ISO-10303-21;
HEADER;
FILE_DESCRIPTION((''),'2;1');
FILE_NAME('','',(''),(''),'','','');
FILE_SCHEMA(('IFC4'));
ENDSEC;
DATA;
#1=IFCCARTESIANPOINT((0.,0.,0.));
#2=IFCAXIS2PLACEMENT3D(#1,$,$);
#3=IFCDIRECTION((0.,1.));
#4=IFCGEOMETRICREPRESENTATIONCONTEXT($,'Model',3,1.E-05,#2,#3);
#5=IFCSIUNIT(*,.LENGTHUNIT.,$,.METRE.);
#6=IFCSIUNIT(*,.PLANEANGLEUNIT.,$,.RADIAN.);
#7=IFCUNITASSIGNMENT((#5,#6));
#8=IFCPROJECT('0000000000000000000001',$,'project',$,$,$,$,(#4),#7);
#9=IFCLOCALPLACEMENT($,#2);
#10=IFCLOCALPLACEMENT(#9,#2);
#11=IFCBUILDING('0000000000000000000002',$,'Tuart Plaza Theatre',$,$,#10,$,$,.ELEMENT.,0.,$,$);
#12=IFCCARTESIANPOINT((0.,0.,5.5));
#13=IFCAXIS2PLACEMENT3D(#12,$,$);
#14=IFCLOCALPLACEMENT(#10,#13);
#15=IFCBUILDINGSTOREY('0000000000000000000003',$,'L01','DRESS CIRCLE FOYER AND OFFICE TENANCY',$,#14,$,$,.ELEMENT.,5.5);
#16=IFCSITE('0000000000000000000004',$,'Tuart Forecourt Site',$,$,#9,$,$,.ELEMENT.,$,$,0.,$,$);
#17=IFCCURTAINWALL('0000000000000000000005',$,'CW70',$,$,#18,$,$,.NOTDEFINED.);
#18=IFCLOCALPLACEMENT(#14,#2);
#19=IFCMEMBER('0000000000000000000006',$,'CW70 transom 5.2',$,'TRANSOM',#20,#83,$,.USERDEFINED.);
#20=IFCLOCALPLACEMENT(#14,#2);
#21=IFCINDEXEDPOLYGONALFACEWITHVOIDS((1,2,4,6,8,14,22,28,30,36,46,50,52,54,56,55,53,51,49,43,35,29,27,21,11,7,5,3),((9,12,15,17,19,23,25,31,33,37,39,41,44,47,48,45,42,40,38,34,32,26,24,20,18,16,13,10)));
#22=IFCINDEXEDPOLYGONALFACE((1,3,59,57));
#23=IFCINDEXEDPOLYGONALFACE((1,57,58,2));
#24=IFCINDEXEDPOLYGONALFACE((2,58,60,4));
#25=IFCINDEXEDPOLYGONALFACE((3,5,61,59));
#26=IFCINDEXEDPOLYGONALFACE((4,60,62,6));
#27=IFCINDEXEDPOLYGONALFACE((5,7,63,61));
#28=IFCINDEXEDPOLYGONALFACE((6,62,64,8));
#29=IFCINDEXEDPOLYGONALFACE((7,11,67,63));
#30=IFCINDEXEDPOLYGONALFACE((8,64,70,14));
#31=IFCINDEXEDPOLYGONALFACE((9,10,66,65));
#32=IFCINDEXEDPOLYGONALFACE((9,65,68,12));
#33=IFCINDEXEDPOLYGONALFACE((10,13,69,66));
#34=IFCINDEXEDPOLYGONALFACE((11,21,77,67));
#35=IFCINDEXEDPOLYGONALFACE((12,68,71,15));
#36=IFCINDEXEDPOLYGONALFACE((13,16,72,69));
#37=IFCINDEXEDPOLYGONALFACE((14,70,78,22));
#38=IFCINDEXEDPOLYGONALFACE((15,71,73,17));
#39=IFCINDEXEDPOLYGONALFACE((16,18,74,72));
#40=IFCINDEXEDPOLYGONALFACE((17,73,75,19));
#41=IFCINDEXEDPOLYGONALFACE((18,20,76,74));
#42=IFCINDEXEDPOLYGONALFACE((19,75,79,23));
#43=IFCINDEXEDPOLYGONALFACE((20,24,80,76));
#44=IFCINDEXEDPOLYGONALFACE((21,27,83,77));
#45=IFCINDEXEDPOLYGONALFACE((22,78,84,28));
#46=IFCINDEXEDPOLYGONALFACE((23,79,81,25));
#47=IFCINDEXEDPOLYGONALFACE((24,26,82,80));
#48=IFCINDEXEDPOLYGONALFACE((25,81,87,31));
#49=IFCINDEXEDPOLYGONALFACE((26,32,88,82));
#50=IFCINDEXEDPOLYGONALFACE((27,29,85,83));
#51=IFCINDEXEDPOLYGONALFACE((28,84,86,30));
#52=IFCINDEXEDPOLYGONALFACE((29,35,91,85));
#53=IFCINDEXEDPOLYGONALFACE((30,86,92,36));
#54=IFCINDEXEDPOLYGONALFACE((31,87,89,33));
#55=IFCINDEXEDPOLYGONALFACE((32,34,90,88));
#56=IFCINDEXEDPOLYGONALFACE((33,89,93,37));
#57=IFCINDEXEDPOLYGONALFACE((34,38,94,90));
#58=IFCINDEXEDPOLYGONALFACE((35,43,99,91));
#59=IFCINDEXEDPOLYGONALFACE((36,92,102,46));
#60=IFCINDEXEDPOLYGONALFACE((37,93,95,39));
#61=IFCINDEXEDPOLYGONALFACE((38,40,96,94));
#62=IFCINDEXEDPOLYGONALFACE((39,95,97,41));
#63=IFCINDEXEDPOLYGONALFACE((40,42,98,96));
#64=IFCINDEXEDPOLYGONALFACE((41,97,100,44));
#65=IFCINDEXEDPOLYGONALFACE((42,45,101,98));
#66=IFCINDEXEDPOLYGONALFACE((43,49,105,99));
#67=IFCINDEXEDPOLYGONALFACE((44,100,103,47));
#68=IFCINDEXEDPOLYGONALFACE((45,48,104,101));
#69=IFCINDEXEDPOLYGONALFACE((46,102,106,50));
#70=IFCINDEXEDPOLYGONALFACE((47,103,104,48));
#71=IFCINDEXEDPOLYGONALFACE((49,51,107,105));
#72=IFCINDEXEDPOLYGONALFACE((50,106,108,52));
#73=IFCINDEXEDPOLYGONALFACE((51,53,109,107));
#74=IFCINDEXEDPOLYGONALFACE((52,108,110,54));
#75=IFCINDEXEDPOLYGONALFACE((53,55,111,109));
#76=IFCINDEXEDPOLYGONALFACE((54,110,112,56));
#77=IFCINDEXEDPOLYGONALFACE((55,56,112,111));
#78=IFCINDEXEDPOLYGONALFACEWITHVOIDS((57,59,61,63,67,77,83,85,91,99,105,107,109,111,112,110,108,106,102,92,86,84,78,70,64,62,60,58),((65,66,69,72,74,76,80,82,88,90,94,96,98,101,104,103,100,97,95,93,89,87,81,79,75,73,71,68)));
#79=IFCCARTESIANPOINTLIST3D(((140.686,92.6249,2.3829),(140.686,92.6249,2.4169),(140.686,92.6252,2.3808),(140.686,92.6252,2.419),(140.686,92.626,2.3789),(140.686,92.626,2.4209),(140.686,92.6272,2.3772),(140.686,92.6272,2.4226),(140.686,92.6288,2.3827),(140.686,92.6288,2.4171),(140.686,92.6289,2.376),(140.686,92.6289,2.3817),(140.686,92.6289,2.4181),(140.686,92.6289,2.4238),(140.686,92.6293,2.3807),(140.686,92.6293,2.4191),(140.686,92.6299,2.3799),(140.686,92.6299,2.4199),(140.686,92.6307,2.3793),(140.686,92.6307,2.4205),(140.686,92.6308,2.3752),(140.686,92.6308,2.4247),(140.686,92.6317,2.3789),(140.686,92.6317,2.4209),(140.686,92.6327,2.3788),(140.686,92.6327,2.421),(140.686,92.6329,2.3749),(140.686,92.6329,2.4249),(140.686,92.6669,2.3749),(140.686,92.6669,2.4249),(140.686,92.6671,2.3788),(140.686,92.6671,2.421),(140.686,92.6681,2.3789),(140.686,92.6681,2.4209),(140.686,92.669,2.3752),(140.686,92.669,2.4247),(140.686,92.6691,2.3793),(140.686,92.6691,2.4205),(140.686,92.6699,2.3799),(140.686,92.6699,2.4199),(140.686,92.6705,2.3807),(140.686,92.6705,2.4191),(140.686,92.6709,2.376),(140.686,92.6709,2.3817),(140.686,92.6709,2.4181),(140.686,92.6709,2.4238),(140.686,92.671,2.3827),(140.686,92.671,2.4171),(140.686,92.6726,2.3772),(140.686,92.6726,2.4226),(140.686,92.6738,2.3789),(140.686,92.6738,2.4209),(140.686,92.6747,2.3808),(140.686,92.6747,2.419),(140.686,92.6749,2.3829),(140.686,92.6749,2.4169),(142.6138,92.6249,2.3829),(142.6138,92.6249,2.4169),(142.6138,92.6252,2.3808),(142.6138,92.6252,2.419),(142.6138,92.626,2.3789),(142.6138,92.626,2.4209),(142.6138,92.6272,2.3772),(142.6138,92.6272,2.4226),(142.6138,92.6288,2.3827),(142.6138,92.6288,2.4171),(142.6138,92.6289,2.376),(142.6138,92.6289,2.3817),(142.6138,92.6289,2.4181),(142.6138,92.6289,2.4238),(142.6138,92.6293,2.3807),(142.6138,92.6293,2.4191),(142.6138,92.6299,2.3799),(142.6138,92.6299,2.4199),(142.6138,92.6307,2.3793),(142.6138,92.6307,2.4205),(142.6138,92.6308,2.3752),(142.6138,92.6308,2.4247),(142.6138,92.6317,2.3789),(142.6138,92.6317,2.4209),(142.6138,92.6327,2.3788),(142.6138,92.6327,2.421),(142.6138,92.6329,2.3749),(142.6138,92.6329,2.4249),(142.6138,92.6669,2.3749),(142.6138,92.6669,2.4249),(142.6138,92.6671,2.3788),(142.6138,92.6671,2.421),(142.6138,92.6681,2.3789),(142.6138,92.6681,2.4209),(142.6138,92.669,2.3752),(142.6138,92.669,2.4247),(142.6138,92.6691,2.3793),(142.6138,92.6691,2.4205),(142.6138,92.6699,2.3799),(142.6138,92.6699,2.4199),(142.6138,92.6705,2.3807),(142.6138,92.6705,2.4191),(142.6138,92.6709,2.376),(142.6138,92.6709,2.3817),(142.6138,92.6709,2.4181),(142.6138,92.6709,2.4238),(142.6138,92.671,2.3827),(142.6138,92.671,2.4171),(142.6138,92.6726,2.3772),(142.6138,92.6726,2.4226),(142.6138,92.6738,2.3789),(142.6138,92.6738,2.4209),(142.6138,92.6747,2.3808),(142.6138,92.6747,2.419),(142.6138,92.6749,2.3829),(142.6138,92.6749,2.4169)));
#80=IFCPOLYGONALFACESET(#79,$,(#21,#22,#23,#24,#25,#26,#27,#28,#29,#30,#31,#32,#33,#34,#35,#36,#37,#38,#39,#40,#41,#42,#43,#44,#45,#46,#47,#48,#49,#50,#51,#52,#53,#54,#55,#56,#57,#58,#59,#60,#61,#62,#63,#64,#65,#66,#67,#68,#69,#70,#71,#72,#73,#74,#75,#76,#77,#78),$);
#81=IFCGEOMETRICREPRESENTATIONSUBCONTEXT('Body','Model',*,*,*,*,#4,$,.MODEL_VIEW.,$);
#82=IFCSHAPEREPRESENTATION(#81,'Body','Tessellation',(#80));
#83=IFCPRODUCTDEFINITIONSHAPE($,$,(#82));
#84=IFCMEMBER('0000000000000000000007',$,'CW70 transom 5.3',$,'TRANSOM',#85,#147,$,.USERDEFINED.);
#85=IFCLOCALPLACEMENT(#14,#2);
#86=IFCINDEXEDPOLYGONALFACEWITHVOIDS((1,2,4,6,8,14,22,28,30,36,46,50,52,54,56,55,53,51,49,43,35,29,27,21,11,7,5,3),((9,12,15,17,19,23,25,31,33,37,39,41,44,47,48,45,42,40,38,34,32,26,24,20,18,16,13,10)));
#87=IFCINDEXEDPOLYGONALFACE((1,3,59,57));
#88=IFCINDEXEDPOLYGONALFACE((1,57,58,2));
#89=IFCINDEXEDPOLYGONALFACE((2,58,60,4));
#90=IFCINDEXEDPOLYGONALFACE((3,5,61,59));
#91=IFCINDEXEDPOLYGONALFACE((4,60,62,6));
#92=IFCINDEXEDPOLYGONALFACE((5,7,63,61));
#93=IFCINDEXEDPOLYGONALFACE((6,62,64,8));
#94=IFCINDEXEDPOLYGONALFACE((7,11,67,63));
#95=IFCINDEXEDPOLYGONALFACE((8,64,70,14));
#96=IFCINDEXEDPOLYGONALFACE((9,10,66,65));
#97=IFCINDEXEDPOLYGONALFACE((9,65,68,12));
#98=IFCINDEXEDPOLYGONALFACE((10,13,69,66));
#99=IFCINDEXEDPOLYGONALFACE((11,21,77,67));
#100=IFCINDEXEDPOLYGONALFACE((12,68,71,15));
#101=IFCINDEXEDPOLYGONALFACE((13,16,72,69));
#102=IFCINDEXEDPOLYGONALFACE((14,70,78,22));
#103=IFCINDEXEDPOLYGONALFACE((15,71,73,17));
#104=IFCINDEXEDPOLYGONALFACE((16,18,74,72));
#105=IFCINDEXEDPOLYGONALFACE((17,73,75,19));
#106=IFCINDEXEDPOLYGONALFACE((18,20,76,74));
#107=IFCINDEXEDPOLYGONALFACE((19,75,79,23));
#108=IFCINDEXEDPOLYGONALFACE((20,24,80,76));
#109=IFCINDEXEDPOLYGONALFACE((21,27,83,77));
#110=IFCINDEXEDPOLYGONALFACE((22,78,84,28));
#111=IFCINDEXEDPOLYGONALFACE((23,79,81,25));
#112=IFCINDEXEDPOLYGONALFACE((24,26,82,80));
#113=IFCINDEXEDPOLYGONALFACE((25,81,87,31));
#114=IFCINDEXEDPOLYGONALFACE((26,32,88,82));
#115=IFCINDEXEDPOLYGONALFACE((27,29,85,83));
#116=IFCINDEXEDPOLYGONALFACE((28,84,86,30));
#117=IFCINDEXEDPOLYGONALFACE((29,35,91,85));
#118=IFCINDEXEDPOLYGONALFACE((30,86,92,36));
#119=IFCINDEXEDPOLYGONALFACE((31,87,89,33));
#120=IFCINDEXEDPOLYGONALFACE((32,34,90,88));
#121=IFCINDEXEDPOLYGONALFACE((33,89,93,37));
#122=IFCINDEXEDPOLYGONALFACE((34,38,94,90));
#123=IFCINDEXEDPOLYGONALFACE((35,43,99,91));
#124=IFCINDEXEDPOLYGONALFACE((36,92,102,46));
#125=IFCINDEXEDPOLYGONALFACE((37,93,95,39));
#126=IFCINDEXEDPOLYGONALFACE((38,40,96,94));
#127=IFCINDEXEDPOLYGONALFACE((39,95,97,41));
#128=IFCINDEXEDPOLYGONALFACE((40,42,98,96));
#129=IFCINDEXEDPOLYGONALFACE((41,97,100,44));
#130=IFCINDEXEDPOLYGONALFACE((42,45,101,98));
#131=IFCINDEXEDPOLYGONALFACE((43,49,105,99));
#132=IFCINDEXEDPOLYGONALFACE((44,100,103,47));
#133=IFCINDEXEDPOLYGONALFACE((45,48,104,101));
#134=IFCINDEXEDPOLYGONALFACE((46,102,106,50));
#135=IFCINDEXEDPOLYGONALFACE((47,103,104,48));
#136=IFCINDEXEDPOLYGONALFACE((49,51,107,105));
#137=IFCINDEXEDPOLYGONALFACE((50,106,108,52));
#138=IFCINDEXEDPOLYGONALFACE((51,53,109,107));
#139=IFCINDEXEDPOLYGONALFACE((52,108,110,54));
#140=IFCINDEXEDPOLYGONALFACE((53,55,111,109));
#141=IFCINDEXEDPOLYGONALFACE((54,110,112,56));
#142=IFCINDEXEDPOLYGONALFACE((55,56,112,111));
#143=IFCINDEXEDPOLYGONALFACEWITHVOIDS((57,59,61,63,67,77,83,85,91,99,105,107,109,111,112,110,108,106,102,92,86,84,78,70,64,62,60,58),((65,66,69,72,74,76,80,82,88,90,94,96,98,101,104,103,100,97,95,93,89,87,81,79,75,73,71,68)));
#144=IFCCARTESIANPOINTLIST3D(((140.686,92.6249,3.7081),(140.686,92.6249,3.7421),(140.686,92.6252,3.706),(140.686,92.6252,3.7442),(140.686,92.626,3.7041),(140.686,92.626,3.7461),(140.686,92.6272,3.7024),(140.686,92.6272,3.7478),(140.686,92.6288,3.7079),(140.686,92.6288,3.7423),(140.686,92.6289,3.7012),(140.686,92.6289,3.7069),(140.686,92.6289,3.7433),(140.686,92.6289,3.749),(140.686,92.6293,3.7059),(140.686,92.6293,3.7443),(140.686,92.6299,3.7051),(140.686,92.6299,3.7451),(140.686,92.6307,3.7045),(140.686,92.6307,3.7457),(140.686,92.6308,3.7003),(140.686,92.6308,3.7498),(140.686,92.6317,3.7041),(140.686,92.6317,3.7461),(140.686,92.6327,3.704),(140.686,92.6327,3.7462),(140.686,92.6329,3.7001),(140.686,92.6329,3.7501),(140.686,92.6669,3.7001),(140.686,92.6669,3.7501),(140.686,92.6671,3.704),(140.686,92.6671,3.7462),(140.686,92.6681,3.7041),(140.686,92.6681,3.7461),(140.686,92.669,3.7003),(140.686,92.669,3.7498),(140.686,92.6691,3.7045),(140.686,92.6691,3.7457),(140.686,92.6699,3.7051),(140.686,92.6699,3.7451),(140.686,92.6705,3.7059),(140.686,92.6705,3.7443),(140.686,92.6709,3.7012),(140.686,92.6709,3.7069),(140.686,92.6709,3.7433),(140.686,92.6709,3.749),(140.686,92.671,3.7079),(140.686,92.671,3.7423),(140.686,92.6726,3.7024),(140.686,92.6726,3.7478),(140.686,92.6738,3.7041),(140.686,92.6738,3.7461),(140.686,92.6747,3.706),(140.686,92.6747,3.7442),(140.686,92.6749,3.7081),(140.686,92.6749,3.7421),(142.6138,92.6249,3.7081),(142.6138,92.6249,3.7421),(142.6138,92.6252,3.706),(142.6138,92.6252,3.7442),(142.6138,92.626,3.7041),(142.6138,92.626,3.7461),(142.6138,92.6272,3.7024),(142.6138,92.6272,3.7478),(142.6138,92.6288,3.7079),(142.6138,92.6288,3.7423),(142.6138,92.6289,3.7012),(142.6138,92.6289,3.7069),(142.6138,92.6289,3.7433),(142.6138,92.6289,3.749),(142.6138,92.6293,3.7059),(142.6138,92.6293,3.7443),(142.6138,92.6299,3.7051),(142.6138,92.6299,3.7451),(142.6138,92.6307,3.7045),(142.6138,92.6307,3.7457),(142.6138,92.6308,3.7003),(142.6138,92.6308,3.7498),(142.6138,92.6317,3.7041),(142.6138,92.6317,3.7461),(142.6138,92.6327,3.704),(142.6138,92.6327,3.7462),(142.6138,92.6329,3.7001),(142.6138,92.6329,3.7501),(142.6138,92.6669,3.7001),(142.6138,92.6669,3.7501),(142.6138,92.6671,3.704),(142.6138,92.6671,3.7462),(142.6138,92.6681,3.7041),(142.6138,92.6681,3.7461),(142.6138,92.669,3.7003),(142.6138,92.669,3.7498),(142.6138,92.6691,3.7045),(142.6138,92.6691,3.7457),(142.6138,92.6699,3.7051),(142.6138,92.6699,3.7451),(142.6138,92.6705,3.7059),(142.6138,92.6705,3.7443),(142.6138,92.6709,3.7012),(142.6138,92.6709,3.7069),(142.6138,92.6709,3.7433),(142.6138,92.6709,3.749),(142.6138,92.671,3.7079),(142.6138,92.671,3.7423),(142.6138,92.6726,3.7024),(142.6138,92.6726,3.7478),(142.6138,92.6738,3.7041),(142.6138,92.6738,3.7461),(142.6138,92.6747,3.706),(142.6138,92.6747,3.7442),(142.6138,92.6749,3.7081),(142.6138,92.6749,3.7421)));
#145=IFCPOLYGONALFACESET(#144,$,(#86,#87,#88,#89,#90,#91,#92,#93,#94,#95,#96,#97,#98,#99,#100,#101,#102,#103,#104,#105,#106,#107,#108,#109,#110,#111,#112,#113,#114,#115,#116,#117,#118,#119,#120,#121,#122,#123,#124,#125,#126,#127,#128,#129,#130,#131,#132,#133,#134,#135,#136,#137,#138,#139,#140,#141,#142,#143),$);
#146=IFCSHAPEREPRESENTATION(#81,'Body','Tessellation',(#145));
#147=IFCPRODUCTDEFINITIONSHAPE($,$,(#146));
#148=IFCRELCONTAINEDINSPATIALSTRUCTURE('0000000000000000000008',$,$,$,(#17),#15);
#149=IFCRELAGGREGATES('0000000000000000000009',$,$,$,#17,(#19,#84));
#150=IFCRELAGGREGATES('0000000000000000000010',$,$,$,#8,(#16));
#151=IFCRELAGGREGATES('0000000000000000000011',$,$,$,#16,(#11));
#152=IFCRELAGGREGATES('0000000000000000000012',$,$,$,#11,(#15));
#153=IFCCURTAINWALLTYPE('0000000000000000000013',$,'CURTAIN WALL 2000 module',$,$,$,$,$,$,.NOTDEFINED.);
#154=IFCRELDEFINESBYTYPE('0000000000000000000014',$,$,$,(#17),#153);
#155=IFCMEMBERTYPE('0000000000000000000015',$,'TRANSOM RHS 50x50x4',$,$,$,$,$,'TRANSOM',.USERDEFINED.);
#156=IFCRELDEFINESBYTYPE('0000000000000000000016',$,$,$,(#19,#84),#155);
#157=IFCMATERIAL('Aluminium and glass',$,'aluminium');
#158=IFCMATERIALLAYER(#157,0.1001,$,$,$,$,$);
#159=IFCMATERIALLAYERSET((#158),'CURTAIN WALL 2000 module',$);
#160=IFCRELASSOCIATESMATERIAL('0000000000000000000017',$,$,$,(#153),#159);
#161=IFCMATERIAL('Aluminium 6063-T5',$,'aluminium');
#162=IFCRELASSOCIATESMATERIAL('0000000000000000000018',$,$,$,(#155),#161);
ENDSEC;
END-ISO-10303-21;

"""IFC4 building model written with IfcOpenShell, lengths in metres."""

from ifc_helpers import new_model, si_unit, direction, frame, origin, origin_2d, place, context, subcontext, project, spatial, hollow_rectangle, extrude, material, layer, layer_set, material_profile, profile_set, type_object, element, aggregate, save


model = new_model("IFC4")

# Units and contexts
model_context = context("Model", 3, precision=1e-05, world=origin(), true_north=direction((0.0, 1.0)))
body_context = subcontext(model_context, "Body", "Model", "MODEL_VIEW")
ifc_project = project(units=[si_unit("LENGTHUNIT", "METRE"), si_unit("PLANEANGLEUNIT", "RADIAN")], contexts=[model_context])

# Site, building, storey
site_placement = place(None, origin())
site = spatial("IfcSite", under=ifc_project, at=site_placement, Name="Tuart Forecourt Site", CompositionType="ELEMENT", RefElevation=0.0)
building_placement = place(site_placement, origin())
building = spatial("IfcBuilding", under=site, at=building_placement, Name="Tuart Plaza Theatre", CompositionType="ELEMENT", ElevationOfRefHeight=0.0)
storey_placement = place(building_placement, frame((0.0, 0.0, 5.5)))
storey = spatial("IfcBuildingStorey", under=building, at=storey_placement, Name="L01", Description="DRESS CIRCLE FOYER AND OFFICE TENANCY", CompositionType="ELEMENT", Elevation=5.5)

# Curtain wall, members
ifc_material_1 = material(Name="Aluminium and glass", Category="aluminium")
ifc_layer_1 = layer(ifc_material_1, 0.1001)
ifc_layer_set_1 = layer_set([ifc_layer_1], Name="CURTAIN WALL 2000 module")
curtain_wall_type = type_object("IfcCurtainWallType", Name="CURTAIN WALL 2000 module", PredefinedType="NOTDEFINED", material=ifc_layer_set_1)
curtain_wall_placement = place(storey_placement, origin())
curtain_wall = element("IfcCurtainWall", 1, at=curtain_wall_placement, inside=storey, type_object=curtain_wall_type, Name="CW70", PredefinedType="NOTDEFINED")
ifc_material_2 = material(Name="Aluminium 6063-T5", Category="aluminium")
ifc_material_profile_1 = material_profile(ifc_material_2, hollow_rectangle(XDim=0.05, YDim=0.05, WallThickness=0.0039, InnerFilletRadius=0.0039, OuterFilletRadius=0.0081, at=origin_2d()), Name="RHS 50x50x4")
ifc_profile_set_1 = profile_set([ifc_material_profile_1], Name="Aluminium 6063-T5")
member_type_1 = type_object("IfcMemberType", Name="TRANSOM RHS 50x50x4", ElementType="TRANSOM", PredefinedType="USERDEFINED", material=ifc_profile_set_1)
member_1_placement = place(storey_placement, frame((142.6138, 92.6499, 2.3999), z_axis=(-1.0, 0.0, 0.0), x_axis=(0.0, -1.0, 0.0)))
member_1 = element("IfcMember", 2, at=member_1_placement, type_object=member_type_1, Name="CW70 transom 5.2", ObjectType="TRANSOM", PredefinedType="USERDEFINED", context=body_context, shape_type="SweptSolid", body=[
    extrude(hollow_rectangle(XDim=0.05, YDim=0.05, WallThickness=0.0039, InnerFilletRadius=0.0039, OuterFilletRadius=0.0081, at=origin_2d()), origin(), (0.0, 0.0, 1.0), 1.9277),
])
member_2_placement = place(storey_placement, frame((142.6138, 92.6499, 3.7251), z_axis=(-1.0, 0.0, 0.0), x_axis=(0.0, -1.0, 0.0)))
member_2 = element("IfcMember", 3, at=member_2_placement, type_object=member_type_1, Name="CW70 transom 5.3", ObjectType="TRANSOM", PredefinedType="USERDEFINED", context=body_context, shape_type="SweptSolid", body=[
    extrude(hollow_rectangle(XDim=0.05, YDim=0.05, WallThickness=0.0039, InnerFilletRadius=0.0039, OuterFilletRadius=0.0081, at=origin_2d()), origin(), (0.0, 0.0, 1.0), 1.9277),
])
aggregate(curtain_wall, [member_1, member_2])

save(model, "model.ifc")
